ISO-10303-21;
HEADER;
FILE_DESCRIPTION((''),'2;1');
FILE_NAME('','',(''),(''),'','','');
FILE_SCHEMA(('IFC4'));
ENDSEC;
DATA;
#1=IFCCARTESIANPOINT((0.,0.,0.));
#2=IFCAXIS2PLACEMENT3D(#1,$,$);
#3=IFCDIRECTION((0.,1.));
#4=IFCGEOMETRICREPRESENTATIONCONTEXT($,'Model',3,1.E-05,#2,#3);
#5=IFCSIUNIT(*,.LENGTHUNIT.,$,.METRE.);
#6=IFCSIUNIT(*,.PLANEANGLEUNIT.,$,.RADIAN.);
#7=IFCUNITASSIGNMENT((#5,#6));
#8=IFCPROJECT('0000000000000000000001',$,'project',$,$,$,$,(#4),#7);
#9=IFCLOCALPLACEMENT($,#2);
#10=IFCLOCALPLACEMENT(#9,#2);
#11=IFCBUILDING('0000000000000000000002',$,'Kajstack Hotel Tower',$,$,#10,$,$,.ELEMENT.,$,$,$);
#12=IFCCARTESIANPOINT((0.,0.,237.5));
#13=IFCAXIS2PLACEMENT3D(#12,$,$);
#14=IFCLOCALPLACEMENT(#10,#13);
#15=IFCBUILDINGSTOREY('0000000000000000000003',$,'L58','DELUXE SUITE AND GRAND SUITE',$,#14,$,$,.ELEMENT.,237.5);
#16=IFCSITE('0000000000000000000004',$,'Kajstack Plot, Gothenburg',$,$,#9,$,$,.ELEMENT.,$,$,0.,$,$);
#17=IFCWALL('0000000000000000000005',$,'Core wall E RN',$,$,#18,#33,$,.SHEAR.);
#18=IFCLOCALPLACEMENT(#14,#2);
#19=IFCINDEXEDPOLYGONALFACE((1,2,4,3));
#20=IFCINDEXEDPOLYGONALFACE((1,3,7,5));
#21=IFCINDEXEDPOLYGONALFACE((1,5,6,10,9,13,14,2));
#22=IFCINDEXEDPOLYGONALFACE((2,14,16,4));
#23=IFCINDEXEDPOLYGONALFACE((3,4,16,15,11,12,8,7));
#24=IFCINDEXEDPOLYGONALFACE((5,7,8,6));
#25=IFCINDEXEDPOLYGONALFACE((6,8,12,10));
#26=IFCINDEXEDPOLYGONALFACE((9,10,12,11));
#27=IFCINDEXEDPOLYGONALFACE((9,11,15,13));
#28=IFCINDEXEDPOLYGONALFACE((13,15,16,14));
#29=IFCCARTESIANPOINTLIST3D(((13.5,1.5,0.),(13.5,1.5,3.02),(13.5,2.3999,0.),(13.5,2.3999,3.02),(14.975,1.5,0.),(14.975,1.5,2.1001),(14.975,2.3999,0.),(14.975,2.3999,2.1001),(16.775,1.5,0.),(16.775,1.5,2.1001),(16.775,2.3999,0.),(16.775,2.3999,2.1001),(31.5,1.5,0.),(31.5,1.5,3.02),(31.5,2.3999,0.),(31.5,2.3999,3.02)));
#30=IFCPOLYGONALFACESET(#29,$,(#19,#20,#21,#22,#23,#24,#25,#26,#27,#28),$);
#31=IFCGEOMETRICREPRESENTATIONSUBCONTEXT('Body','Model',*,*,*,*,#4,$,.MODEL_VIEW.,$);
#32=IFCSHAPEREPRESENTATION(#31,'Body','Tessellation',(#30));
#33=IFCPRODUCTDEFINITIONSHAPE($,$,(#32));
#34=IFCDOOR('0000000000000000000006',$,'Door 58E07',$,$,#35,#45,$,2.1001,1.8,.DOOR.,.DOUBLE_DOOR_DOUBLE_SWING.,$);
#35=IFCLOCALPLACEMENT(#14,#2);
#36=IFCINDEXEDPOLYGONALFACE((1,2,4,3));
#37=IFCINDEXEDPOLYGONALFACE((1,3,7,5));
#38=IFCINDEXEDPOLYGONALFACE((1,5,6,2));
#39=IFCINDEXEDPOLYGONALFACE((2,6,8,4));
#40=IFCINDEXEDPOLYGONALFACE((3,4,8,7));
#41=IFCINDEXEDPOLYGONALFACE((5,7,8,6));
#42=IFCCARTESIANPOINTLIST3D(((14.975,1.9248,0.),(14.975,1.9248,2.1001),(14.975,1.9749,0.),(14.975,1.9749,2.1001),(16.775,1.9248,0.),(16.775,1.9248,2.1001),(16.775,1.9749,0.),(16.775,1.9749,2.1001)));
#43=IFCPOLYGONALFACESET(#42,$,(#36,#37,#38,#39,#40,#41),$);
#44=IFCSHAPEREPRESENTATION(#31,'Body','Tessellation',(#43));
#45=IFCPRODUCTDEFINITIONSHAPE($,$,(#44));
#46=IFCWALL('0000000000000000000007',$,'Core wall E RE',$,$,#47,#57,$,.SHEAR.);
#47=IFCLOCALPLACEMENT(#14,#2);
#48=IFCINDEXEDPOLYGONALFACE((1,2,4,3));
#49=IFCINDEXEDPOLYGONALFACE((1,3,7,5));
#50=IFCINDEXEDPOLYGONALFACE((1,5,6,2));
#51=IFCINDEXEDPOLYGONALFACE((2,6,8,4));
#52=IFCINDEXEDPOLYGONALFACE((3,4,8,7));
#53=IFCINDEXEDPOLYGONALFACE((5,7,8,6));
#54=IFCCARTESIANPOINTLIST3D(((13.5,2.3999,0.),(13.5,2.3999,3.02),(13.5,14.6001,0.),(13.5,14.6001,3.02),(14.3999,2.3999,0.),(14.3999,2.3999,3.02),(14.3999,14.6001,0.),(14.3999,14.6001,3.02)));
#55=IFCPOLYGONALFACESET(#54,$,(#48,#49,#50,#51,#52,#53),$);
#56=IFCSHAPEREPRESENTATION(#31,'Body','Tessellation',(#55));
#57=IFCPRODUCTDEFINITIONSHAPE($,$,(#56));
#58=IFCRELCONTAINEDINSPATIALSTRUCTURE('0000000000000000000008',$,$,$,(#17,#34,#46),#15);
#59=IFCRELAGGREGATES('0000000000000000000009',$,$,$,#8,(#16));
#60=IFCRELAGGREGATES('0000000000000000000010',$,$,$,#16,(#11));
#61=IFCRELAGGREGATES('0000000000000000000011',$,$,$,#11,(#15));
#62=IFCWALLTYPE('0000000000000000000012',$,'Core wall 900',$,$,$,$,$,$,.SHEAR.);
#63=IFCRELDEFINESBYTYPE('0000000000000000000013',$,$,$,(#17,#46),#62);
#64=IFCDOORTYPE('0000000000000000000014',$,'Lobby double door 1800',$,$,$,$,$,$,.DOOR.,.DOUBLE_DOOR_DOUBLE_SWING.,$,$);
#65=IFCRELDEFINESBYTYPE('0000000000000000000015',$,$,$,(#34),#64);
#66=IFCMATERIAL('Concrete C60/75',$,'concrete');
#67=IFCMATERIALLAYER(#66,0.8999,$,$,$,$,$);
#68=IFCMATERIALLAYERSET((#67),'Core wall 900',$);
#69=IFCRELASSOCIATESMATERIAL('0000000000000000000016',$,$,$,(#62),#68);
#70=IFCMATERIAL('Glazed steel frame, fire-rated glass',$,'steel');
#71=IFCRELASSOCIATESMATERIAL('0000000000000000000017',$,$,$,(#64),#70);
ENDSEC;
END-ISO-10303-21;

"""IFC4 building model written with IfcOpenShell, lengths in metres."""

from ifc_helpers import new_model, si_unit, direction, frame, frame_2d, origin, place, context, subcontext, project, spatial, rectangle, extrude, material, layer, layer_set, type_object, element, fill, save


model = new_model("IFC4")

# Units and contexts
model_context = context("Model", 3, precision=1e-05, world=origin(), true_north=direction((0.0, 1.0)))
body_context = subcontext(model_context, "Body", "Model", "MODEL_VIEW")
ifc_project = project(units=[si_unit("LENGTHUNIT", "METRE"), si_unit("PLANEANGLEUNIT", "RADIAN")], contexts=[model_context])

# Site, building, storey
site_placement = place(None, origin())
site = spatial("IfcSite", under=ifc_project, at=site_placement, Name="Kajstack Plot, Gothenburg", CompositionType="ELEMENT", RefElevation=0.0)
building_placement = place(site_placement, origin())
building = spatial("IfcBuilding", under=site, at=building_placement, Name="Kajstack Hotel Tower", CompositionType="ELEMENT")
storey_placement = place(building_placement, frame((0.0, 0.0, 237.5)))
storey = spatial("IfcBuildingStorey", under=building, at=storey_placement, Name="L58", Description="DELUXE SUITE AND GRAND SUITE", CompositionType="ELEMENT", Elevation=237.5)

# Wall, opening, door
ifc_material_1 = material(Name="Concrete C60/75", Category="concrete")
ifc_layer_1 = layer(ifc_material_1, 0.8999)
ifc_layer_set_1 = layer_set([ifc_layer_1], Name="Core wall 900")
wall_type_1 = type_object("IfcWallType", Name="Core wall 900", PredefinedType="SHEAR", material=ifc_layer_set_1)
wall_1_placement = place(storey_placement, frame((13.5, 1.95, 0.0), z_axis=(0.0, 0.0, 1.0), x_axis=(1.0, 0.0, 0.0)))
wall_1 = element("IfcWall", 1, at=wall_1_placement, inside=storey, type_object=wall_type_1, Name="Core wall E RN", PredefinedType="SHEAR", context=body_context, shape_type="SweptSolid", body=[
    extrude(rectangle(XDim=18.0, YDim=0.8999, at=frame_2d((9.0, 0.0))), origin(), (0.0, 0.0, 1.0), 3.02),
])
opening_1_placement = place(wall_1_placement, frame((1.4751, 0.0, 0.0)))
opening_1 = element("IfcOpeningElement", 2, at=opening_1_placement, cuts=wall_1, PredefinedType="OPENING", context=body_context, shape_type="SweptSolid", body=[
    extrude(rectangle(XDim=1.8, YDim=2.1001, at=frame_2d((0.8999, 1.05))), frame((0.0, 0.46, 0.0), z_axis=(0.0, -1.0, 0.0), x_axis=(1.0, 0.0, 0.0)), (0.0, 0.0, 1.0), 0.9199),
])
ifc_material_2 = material(Name="Glazed steel frame, fire-rated glass", Category="steel")
door_type_1 = type_object("IfcDoorType", Name="Lobby double door 1800", OperationType="DOUBLE_DOOR_DOUBLE_SWING", PredefinedType="DOOR", material=ifc_material_2)
door_1_placement = place(opening_1_placement, origin())
door_1 = element("IfcDoor", 3, at=door_1_placement, inside=storey, type_object=door_type_1, Name="Door 58E07", OperationType="DOUBLE_DOOR_DOUBLE_SWING", OverallHeight=2.1001, OverallWidth=1.8, PredefinedType="DOOR", context=body_context, shape_type="SweptSolid", body=[
    extrude(rectangle(XDim=1.8, YDim=2.1001, at=frame_2d((0.8999, 1.05))), frame((0.0, 0.0249, 0.0), z_axis=(0.0, -1.0, 0.0), x_axis=(1.0, 0.0, 0.0)), (0.0, 0.0, 1.0), 0.05),
])
fill(opening_1, door_1)

# Wall
wall_2_placement = place(storey_placement, frame((13.95, 2.3999, 0.0), z_axis=(0.0, 0.0, 1.0), x_axis=(0.0, 1.0, 0.0)))
element("IfcWall", 4, at=wall_2_placement, inside=storey, type_object=wall_type_1, Name="Core wall E RE", PredefinedType="SHEAR", context=body_context, shape_type="SweptSolid", body=[
    extrude(rectangle(XDim=12.2002, YDim=0.8999, at=frame_2d((6.1001, 0.0))), origin(), (0.0, 0.0, 1.0), 3.02),
])

save(model, "model.ifc")
